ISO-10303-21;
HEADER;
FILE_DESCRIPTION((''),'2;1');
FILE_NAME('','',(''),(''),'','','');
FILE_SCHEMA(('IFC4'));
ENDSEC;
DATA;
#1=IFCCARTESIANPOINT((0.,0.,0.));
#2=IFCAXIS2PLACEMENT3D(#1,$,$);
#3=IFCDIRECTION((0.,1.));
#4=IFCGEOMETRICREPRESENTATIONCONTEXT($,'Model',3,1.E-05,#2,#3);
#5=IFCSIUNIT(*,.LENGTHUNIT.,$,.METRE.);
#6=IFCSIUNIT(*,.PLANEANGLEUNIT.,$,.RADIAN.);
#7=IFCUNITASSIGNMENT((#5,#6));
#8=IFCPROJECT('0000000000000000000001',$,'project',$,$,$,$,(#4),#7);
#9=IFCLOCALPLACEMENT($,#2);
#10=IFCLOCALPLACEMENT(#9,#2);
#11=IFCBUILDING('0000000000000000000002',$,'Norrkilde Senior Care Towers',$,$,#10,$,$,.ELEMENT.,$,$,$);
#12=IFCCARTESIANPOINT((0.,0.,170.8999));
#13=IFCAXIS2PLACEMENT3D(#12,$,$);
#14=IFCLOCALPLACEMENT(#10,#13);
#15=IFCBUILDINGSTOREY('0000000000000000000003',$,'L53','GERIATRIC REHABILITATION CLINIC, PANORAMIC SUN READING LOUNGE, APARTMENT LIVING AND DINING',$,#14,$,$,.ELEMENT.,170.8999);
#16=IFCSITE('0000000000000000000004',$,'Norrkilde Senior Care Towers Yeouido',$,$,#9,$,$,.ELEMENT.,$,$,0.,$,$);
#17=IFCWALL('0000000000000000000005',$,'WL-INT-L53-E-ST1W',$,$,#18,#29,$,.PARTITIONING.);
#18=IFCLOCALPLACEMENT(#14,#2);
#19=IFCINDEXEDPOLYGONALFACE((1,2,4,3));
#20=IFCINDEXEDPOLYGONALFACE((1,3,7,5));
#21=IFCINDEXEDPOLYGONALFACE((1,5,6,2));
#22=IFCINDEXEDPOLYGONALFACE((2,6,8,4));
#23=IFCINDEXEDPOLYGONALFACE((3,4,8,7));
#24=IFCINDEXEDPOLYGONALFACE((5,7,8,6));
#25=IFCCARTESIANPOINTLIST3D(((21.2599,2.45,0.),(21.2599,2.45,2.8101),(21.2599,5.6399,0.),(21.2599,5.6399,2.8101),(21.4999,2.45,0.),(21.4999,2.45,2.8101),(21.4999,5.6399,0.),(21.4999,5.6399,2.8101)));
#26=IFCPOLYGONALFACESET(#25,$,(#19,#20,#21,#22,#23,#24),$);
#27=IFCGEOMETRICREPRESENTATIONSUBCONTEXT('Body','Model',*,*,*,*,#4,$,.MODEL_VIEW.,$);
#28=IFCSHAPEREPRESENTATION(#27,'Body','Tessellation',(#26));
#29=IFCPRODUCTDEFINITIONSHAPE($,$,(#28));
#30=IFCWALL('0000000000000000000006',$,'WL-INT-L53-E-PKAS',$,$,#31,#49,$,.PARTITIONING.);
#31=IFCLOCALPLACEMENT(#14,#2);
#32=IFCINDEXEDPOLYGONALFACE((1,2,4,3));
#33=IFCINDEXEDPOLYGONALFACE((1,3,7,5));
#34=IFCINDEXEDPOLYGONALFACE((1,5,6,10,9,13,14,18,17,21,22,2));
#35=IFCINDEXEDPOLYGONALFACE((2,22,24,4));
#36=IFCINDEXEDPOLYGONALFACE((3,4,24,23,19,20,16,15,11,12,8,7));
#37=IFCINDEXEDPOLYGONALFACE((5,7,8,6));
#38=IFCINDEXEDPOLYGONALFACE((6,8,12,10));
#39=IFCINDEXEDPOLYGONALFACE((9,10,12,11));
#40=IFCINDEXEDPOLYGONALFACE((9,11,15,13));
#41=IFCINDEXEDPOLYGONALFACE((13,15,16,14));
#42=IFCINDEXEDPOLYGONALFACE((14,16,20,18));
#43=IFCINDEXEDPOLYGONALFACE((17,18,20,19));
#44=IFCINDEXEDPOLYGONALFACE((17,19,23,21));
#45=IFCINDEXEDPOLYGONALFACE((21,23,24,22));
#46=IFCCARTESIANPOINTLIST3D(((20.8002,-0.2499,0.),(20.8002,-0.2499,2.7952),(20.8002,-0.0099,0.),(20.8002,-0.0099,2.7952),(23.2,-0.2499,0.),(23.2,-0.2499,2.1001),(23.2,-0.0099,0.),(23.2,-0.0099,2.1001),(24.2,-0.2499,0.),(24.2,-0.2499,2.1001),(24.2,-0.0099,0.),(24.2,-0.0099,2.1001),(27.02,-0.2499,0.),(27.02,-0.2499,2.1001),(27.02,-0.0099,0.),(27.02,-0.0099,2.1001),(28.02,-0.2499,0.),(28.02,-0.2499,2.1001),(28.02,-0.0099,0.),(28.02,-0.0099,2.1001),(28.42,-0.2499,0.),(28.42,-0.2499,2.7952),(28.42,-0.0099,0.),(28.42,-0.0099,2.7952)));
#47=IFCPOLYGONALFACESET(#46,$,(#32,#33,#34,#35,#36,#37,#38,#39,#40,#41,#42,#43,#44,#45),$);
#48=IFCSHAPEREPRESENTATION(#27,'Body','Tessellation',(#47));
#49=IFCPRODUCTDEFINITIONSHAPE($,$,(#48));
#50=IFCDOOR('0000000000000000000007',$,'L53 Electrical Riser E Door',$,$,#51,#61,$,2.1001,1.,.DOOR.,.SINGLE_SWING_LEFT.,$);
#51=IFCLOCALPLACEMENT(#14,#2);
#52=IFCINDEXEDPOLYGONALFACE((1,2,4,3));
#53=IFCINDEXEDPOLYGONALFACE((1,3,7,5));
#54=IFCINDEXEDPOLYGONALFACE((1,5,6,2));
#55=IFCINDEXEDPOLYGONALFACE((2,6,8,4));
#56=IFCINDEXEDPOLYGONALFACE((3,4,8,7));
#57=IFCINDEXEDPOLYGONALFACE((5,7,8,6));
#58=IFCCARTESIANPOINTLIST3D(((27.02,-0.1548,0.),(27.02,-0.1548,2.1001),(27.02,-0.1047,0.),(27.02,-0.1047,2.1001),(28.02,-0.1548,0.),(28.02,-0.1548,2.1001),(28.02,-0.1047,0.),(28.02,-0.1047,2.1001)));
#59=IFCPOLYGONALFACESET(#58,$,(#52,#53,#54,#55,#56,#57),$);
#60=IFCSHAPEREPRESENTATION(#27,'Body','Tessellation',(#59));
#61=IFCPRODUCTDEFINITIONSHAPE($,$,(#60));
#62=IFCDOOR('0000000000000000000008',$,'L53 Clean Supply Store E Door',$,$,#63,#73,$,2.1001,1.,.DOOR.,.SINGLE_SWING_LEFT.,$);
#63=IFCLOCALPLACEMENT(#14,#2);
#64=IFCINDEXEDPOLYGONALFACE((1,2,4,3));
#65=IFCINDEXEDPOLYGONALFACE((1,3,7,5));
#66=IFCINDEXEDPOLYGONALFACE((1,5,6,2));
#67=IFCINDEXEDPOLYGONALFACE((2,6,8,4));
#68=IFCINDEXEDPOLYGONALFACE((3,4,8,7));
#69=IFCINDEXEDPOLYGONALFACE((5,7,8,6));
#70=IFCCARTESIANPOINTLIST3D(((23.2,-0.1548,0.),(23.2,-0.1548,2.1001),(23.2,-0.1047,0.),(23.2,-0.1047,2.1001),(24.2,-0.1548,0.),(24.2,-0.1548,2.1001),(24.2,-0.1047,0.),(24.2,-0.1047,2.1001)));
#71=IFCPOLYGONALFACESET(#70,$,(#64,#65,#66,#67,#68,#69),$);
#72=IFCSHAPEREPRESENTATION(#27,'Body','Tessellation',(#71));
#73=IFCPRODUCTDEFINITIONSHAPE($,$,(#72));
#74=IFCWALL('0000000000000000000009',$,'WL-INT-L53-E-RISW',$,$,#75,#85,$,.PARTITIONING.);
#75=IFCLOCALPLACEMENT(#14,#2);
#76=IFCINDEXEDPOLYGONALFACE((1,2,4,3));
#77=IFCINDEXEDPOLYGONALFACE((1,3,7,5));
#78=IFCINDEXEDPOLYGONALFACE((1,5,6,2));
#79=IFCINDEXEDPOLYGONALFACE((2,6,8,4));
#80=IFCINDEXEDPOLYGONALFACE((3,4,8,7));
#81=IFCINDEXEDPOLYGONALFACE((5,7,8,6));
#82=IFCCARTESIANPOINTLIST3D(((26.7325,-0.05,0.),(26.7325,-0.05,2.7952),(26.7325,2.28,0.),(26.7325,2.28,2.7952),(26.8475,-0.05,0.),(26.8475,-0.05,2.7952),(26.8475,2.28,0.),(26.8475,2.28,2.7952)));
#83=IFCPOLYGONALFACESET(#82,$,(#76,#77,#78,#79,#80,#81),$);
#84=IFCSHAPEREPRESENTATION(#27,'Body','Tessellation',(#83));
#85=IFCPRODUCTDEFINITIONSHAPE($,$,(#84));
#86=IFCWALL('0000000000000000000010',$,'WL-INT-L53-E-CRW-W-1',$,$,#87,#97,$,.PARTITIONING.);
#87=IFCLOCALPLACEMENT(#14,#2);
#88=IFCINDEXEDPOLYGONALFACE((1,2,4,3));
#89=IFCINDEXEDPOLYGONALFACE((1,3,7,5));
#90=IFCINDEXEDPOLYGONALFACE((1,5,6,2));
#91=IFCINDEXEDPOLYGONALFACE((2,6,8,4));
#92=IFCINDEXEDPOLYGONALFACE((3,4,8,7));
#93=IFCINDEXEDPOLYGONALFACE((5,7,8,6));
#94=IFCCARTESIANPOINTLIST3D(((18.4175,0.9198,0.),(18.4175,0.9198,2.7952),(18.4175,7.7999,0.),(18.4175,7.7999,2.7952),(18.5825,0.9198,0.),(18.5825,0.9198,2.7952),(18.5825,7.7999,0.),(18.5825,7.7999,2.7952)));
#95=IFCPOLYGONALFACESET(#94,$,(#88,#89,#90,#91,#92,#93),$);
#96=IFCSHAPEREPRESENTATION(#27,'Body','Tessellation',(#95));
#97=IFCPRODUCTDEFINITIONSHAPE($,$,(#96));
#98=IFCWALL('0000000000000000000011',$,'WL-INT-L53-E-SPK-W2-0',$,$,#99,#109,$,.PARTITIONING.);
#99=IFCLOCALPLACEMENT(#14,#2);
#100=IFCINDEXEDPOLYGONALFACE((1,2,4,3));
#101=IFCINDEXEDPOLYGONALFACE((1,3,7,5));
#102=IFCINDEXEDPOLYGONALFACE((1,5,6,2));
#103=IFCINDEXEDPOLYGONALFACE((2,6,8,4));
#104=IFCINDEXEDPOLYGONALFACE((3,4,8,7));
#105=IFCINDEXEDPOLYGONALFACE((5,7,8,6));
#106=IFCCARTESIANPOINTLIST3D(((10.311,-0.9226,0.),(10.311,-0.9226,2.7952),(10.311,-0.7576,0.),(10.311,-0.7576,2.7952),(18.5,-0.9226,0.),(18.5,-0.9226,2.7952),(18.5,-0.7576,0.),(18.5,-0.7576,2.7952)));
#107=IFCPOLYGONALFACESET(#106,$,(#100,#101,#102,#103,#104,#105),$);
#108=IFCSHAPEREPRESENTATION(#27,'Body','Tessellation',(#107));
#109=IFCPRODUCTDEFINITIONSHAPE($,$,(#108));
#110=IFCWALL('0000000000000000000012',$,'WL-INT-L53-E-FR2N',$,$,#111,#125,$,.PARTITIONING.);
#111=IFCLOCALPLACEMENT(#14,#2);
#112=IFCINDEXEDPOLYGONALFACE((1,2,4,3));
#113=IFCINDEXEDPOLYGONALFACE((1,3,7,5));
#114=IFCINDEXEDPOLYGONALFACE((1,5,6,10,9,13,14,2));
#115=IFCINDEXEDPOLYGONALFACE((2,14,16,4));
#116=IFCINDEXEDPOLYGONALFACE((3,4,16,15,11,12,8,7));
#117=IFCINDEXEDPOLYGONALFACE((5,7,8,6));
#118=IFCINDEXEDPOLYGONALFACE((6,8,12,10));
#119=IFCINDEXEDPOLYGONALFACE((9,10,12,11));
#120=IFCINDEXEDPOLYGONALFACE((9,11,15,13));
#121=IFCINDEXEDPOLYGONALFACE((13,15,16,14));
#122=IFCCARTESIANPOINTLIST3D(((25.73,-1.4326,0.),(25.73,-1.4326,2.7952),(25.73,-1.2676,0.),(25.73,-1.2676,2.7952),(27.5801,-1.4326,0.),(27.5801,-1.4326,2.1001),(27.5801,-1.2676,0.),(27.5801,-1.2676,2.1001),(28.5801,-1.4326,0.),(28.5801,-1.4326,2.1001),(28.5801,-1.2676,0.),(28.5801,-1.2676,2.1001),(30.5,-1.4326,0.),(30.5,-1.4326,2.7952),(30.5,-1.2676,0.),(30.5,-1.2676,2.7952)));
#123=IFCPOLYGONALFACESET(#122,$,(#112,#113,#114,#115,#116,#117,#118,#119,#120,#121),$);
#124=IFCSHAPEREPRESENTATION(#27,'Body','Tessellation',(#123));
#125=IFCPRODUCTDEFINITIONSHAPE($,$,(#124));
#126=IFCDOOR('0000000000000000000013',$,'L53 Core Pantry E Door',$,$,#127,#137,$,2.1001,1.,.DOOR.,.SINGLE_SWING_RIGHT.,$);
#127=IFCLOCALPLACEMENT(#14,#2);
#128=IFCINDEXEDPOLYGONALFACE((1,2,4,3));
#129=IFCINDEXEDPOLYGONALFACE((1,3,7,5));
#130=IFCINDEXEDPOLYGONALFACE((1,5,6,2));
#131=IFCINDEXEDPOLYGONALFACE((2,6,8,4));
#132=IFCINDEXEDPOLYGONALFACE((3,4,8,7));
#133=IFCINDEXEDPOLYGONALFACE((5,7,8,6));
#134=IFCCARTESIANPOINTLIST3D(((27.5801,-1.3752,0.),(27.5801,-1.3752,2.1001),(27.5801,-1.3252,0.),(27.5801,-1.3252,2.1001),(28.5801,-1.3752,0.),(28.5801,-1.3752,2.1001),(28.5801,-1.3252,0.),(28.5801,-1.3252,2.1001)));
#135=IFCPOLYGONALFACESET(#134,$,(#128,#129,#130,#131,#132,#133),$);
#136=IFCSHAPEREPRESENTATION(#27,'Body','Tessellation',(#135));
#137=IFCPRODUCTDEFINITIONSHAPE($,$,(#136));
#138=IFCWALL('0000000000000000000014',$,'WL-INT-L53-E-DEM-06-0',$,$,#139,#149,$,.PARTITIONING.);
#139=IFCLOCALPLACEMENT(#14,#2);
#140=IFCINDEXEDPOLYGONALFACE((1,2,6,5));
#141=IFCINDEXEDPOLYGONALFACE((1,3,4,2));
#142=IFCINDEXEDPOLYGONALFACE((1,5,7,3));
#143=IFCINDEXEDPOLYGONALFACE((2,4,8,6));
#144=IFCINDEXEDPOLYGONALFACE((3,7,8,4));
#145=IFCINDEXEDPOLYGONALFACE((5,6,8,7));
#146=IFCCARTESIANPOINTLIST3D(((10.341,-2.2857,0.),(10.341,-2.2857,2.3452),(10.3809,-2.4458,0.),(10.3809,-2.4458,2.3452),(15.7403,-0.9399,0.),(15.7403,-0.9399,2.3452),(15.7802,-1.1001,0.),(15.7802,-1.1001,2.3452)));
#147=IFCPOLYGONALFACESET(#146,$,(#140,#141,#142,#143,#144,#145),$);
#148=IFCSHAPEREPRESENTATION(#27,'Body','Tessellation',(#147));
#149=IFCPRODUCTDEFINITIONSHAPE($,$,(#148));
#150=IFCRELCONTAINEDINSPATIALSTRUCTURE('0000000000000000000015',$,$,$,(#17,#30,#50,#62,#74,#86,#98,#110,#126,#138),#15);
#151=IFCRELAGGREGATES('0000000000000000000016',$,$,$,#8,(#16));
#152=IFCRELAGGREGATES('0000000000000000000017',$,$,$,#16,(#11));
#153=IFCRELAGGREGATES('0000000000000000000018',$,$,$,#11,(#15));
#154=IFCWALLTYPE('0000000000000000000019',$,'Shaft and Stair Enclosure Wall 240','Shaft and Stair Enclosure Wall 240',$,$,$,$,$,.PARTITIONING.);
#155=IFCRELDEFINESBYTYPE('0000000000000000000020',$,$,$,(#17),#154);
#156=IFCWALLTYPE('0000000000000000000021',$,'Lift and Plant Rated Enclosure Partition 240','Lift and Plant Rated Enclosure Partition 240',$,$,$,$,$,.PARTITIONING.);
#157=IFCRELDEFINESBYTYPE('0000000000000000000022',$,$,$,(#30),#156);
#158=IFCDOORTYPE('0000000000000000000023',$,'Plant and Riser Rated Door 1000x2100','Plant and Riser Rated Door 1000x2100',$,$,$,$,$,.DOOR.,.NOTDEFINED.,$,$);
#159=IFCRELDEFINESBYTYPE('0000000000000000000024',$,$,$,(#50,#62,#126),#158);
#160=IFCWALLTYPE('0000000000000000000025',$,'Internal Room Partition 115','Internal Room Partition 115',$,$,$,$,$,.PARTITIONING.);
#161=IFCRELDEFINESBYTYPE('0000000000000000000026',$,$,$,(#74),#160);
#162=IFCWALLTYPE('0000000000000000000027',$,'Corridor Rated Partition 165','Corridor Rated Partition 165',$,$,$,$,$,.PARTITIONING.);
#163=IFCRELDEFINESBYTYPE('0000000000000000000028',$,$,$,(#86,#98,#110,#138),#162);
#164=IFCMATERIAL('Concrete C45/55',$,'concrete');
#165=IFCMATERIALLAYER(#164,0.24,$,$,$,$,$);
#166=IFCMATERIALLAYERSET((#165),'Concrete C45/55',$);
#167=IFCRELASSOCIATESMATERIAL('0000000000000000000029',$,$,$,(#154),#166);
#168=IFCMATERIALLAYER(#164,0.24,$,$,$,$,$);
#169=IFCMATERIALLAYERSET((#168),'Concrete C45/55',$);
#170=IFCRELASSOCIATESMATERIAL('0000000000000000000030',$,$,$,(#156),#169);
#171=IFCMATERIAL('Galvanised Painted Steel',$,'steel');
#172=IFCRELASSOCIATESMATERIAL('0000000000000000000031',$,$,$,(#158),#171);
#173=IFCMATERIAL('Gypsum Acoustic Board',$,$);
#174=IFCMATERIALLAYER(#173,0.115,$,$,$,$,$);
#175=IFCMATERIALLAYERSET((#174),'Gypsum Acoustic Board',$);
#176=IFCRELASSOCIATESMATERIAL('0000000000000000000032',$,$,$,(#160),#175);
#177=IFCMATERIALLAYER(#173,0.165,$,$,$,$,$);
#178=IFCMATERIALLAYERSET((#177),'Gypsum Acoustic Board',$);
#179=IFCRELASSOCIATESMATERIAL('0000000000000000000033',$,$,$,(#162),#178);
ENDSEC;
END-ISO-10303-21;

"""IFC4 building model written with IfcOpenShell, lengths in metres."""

from ifc_helpers import new_model, si_unit, direction, frame, frame_2d, origin, place, context, subcontext, project, spatial, rectangle, extrude, source, transform, mapped, material, layer, layer_set, type_object, type_shapes, element, fill, save


model = new_model("IFC4")

# Units and contexts
model_context = context("Model", 3, precision=1e-05, world=origin(), true_north=direction((0.0, 1.0)))
body_context = subcontext(model_context, "Body", "Model", "MODEL_VIEW")
ifc_project = project(units=[si_unit("LENGTHUNIT", "METRE"), si_unit("PLANEANGLEUNIT", "RADIAN")], contexts=[model_context])

# Site, building, storey
site_placement = place(None, origin())
site = spatial("IfcSite", under=ifc_project, at=site_placement, Name="Norrkilde Senior Care Towers Yeouido", CompositionType="ELEMENT", RefElevation=0.0)
building_placement = place(site_placement, origin())
building = spatial("IfcBuilding", under=site, at=building_placement, Name="Norrkilde Senior Care Towers", CompositionType="ELEMENT")
storey_placement = place(building_placement, frame((0.0, 0.0, 170.8999)))
storey = spatial("IfcBuildingStorey", under=building, at=storey_placement, Name="L53", Description="GERIATRIC REHABILITATION CLINIC, PANORAMIC SUN READING LOUNGE, APARTMENT LIVING AND DINING", CompositionType="ELEMENT", Elevation=170.8999)

# Wall
ifc_material_1 = material(Name="Concrete C45/55", Category="concrete")
ifc_layer_1 = layer(ifc_material_1, 0.24)
ifc_layer_set_1 = layer_set([ifc_layer_1], Name="Concrete C45/55")
wall_type_1 = type_object("IfcWallType", Name="Shaft and Stair Enclosure Wall 240", Description="Shaft and Stair Enclosure Wall 240", PredefinedType="PARTITIONING", material=ifc_layer_set_1)
shared_shape_1 = source(origin(), body_context, "Body", "SweptSolid", [
    extrude(rectangle(XDim=3.1899, YDim=0.24, at=frame_2d((1.595, 0.0))), origin(), (0.0, 0.0, 1.0), 2.8101),
])
wall_1_placement = place(storey_placement, frame((21.3799, 2.45, 0.0), z_axis=(0.0, 0.0, 1.0), x_axis=(0.0, 1.0, 0.0)))
element("IfcWall", 1, at=wall_1_placement, inside=storey, type_object=wall_type_1, Name="WL-INT-L53-E-ST1W", PredefinedType="PARTITIONING", context=body_context, shape_type="MappedRepresentation", body=[
    mapped(shared_shape_1, transform((0.0, 0.0, 0.0), x_axis=(1.0, 0.0, 0.0), y_axis=(0.0, 1.0, 0.0), z_axis=(0.0, 0.0, 1.0), scale=1.0)),
])

# Wall, openings, doors
ifc_layer_2 = layer(ifc_material_1, 0.24)
ifc_layer_set_2 = layer_set([ifc_layer_2], Name="Concrete C45/55")
wall_type_2 = type_object("IfcWallType", Name="Lift and Plant Rated Enclosure Partition 240", Description="Lift and Plant Rated Enclosure Partition 240", PredefinedType="PARTITIONING", material=ifc_layer_set_2)
shared_shape_2 = source(origin(), body_context, "Body", "SweptSolid", [
    extrude(rectangle(XDim=7.6199, YDim=0.24, at=frame_2d((3.8101, 0.0))), origin(), (0.0, 0.0, 1.0), 2.7952),
])
type_shapes(wall_type_2, [shared_shape_2])
wall_2_placement = place(storey_placement, frame((20.8, -0.1299, 0.0), z_axis=(0.0, 0.0, 1.0), x_axis=(1.0, 0.0, 0.0)))
wall_2 = element("IfcWall", 2, at=wall_2_placement, inside=storey, type_object=wall_type_2, Name="WL-INT-L53-E-PKAS", PredefinedType="PARTITIONING", context=body_context, shape_type="MappedRepresentation", body=[
    mapped(shared_shape_2, transform((0.0, 0.0, 0.0), x_axis=(1.0, 0.0, 0.0), y_axis=(0.0, 1.0, 0.0), z_axis=(0.0, 0.0, 1.0), scale=1.0)),
])
opening_1_placement = place(wall_2_placement, frame((6.22, 0.0, 0.0)))
opening_1 = element("IfcOpeningElement", 3, at=opening_1_placement, cuts=wall_2, PredefinedType="OPENING", context=body_context, shape_type="SweptSolid", body=[
    extrude(rectangle(XDim=1.0, YDim=2.1001, at=frame_2d((0.5, 1.05))), frame((0.0, 0.1299, 0.0), z_axis=(0.0, -1.0, 0.0), x_axis=(1.0, 0.0, 0.0)), (0.0, 0.0, 1.0), 0.26),
])
opening_2_placement = place(wall_2_placement, frame((2.3999, 0.0, 0.0)))
opening_2 = element("IfcOpeningElement", 4, at=opening_2_placement, cuts=wall_2, PredefinedType="OPENING", context=body_context, shape_type="SweptSolid", body=[
    extrude(rectangle(XDim=1.0, YDim=2.1001, at=frame_2d((0.5, 1.05))), frame((0.0, 0.1299, 0.0), z_axis=(0.0, -1.0, 0.0), x_axis=(1.0, 0.0, 0.0)), (0.0, 0.0, 1.0), 0.26),
])
ifc_material_2 = material(Name="Galvanised Painted Steel", Category="steel")
door_type = type_object("IfcDoorType", Name="Plant and Riser Rated Door 1000x2100", Description="Plant and Riser Rated Door 1000x2100", OperationType="NOTDEFINED", PredefinedType="DOOR", material=ifc_material_2)
shared_shape_3 = source(origin(), body_context, "Body", "SweptSolid", [
    extrude(rectangle(XDim=1.0, YDim=2.1001, at=frame_2d((0.5, 1.05))), frame((0.0, 0.0249, 0.0), z_axis=(0.0, -1.0, 0.0), x_axis=(1.0, 0.0, 0.0)), (0.0, 0.0, 1.0), 0.05),
])
type_shapes(door_type, [shared_shape_3])
door_1_placement = place(opening_1_placement, frame((1.0, 0.0, 0.0), z_axis=(0.0, 0.0, 1.0), x_axis=(-1.0, 0.0, 0.0)))
door_1 = element("IfcDoor", 5, at=door_1_placement, inside=storey, type_object=door_type, Name="L53 Electrical Riser E Door", OperationType="SINGLE_SWING_LEFT", OverallHeight=2.1001, OverallWidth=1.0, PredefinedType="DOOR", context=body_context, shape_type="MappedRepresentation", body=[
    mapped(shared_shape_3, transform((0.0, 0.0, 0.0), x_axis=(1.0, 0.0, 0.0), y_axis=(0.0, 1.0, 0.0), z_axis=(0.0, 0.0, 1.0), scale=1.0)),
])
fill(opening_1, door_1)
door_2_placement = place(opening_2_placement, frame((1.0, 0.0, 0.0), z_axis=(0.0, 0.0, 1.0), x_axis=(-1.0, 0.0, 0.0)))
door_2 = element("IfcDoor", 6, at=door_2_placement, inside=storey, type_object=door_type, Name="L53 Clean Supply Store E Door", OperationType="SINGLE_SWING_LEFT", OverallHeight=2.1001, OverallWidth=1.0, PredefinedType="DOOR", context=body_context, shape_type="MappedRepresentation", body=[
    mapped(shared_shape_3, transform((0.0, 0.0, 0.0), x_axis=(1.0, 0.0, 0.0), y_axis=(0.0, 1.0, 0.0), z_axis=(0.0, 0.0, 1.0), scale=1.0)),
])
fill(opening_2, door_2)

# Walls
ifc_material_3 = material(Name="Gypsum Acoustic Board")
ifc_layer_3 = layer(ifc_material_3, 0.115)
ifc_layer_set_3 = layer_set([ifc_layer_3], Name="Gypsum Acoustic Board")
wall_type_3 = type_object("IfcWallType", Name="Internal Room Partition 115", Description="Internal Room Partition 115", PredefinedType="PARTITIONING", material=ifc_layer_set_3)
shared_shape_4 = source(origin(), body_context, "Body", "SweptSolid", [
    extrude(rectangle(XDim=2.3301, YDim=0.115, at=frame_2d((1.165, 0.0))), origin(), (0.0, 0.0, 1.0), 2.7952),
])
type_shapes(wall_type_3, [shared_shape_4])
wall_3_placement = place(storey_placement, frame((26.79, -0.05, 0.0), z_axis=(0.0, 0.0, 1.0), x_axis=(0.0, 1.0, 0.0)))
element("IfcWall", 7, at=wall_3_placement, inside=storey, type_object=wall_type_3, Name="WL-INT-L53-E-RISW", PredefinedType="PARTITIONING", context=body_context, shape_type="MappedRepresentation", body=[
    mapped(shared_shape_4, transform((0.0, 0.0, 0.0), x_axis=(1.0, 0.0, 0.0), y_axis=(0.0, 1.0, 0.0), z_axis=(0.0, 0.0, 1.0), scale=1.0)),
])
ifc_layer_4 = layer(ifc_material_3, 0.165)
ifc_layer_set_4 = layer_set([ifc_layer_4], Name="Gypsum Acoustic Board")
wall_type_4 = type_object("IfcWallType", Name="Corridor Rated Partition 165", Description="Corridor Rated Partition 165", PredefinedType="PARTITIONING", material=ifc_layer_set_4)
shared_shape_5 = source(origin(), body_context, "Body", "SweptSolid", [
    extrude(rectangle(XDim=6.8801, YDim=0.165, at=frame_2d((3.4399, 0.0))), origin(), (0.0, 0.0, 1.0), 2.7952),
])
wall_4_placement = place(storey_placement, frame((18.5, 0.9199, 0.0), z_axis=(0.0, 0.0, 1.0), x_axis=(0.0, 1.0, 0.0)))
element("IfcWall", 8, at=wall_4_placement, inside=storey, type_object=wall_type_4, Name="WL-INT-L53-E-CRW-W-1", PredefinedType="PARTITIONING", context=body_context, shape_type="MappedRepresentation", body=[
    mapped(shared_shape_5, transform((0.0, 0.0, 0.0), x_axis=(1.0, 0.0, 0.0), y_axis=(0.0, 1.0, 0.0), z_axis=(0.0, 0.0, 1.0), scale=1.0)),
])
shared_shape_6 = source(origin(), body_context, "Body", "SweptSolid", [
    extrude(rectangle(XDim=8.189, YDim=0.165, at=frame_2d((4.0945, 0.0))), origin(), (0.0, 0.0, 1.0), 2.7952),
])
wall_5_placement = place(storey_placement, frame((18.5, -0.8401, 0.0), z_axis=(0.0, 0.0, 1.0), x_axis=(-1.0, 0.0, 0.0)))
element("IfcWall", 9, at=wall_5_placement, inside=storey, type_object=wall_type_4, Name="WL-INT-L53-E-SPK-W2-0", PredefinedType="PARTITIONING", context=body_context, shape_type="MappedRepresentation", body=[
    mapped(shared_shape_6, transform((0.0, 0.0, 0.0), x_axis=(1.0, 0.0, 0.0), y_axis=(0.0, 1.0, 0.0), z_axis=(0.0, 0.0, 1.0), scale=1.0)),
])

# Wall, opening, door
shared_shape_7 = source(origin(), body_context, "Body", "SweptSolid", [
    extrude(rectangle(XDim=4.77, YDim=0.165, at=frame_2d((2.385, 0.0))), origin(), (0.0, 0.0, 1.0), 2.7952),
])
wall_6_placement = place(storey_placement, frame((25.73, -1.3501, 0.0), z_axis=(0.0, 0.0, 1.0), x_axis=(1.0, 0.0, 0.0)))
wall_6 = element("IfcWall", 10, at=wall_6_placement, inside=storey, type_object=wall_type_4, Name="WL-INT-L53-E-FR2N", PredefinedType="PARTITIONING", context=body_context, shape_type="MappedRepresentation", body=[
    mapped(shared_shape_7, transform((0.0, 0.0, 0.0), x_axis=(1.0, 0.0, 0.0), y_axis=(0.0, 1.0, 0.0), z_axis=(0.0, 0.0, 1.0), scale=1.0)),
])
opening_3_placement = place(wall_6_placement, frame((1.8501, 0.0, 0.0)))
opening_3 = element("IfcOpeningElement", 11, at=opening_3_placement, cuts=wall_6, PredefinedType="OPENING", context=body_context, shape_type="SweptSolid", body=[
    extrude(rectangle(XDim=1.0, YDim=2.1001, at=frame_2d((0.5, 1.05))), frame((0.0, 0.0925, 0.0), z_axis=(0.0, -1.0, 0.0), x_axis=(1.0, 0.0, 0.0)), (0.0, 0.0, 1.0), 0.1851),
])
door_3_placement = place(opening_3_placement, origin())
door_3 = element("IfcDoor", 12, at=door_3_placement, inside=storey, type_object=door_type, Name="L53 Core Pantry E Door", OperationType="SINGLE_SWING_RIGHT", OverallHeight=2.1001, OverallWidth=1.0, PredefinedType="DOOR", context=body_context, shape_type="MappedRepresentation", body=[
    mapped(shared_shape_3, transform((0.0, 0.0, 0.0), x_axis=(1.0, 0.0, 0.0), y_axis=(0.0, 1.0, 0.0), z_axis=(0.0, 0.0, 1.0), scale=1.0)),
])
fill(opening_3, door_3)

# Wall
shared_shape_8 = source(origin(), body_context, "Body", "SweptSolid", [
    extrude(rectangle(XDim=5.5645, YDim=0.165, at=frame_2d((2.7822, 0.0))), origin(), (0.0, 0.0, 1.0), 2.3452),
])
wall_7_placement = place(storey_placement, frame((15.7603, -1.02, 0.0), z_axis=(0.0, 0.0, 1.0), x_axis=(-0.970315, -0.241844, 0.0)))
element("IfcWall", 13, at=wall_7_placement, inside=storey, type_object=wall_type_4, Name="WL-INT-L53-E-DEM-06-0", PredefinedType="PARTITIONING", context=body_context, shape_type="MappedRepresentation", body=[
    mapped(shared_shape_8, transform((0.0, 0.0, 0.0), x_axis=(1.0, 0.0, 0.0), y_axis=(0.0, 1.0, 0.0), z_axis=(0.0, 0.0, 1.0), scale=1.0)),
])

save(model, "model.ifc")
